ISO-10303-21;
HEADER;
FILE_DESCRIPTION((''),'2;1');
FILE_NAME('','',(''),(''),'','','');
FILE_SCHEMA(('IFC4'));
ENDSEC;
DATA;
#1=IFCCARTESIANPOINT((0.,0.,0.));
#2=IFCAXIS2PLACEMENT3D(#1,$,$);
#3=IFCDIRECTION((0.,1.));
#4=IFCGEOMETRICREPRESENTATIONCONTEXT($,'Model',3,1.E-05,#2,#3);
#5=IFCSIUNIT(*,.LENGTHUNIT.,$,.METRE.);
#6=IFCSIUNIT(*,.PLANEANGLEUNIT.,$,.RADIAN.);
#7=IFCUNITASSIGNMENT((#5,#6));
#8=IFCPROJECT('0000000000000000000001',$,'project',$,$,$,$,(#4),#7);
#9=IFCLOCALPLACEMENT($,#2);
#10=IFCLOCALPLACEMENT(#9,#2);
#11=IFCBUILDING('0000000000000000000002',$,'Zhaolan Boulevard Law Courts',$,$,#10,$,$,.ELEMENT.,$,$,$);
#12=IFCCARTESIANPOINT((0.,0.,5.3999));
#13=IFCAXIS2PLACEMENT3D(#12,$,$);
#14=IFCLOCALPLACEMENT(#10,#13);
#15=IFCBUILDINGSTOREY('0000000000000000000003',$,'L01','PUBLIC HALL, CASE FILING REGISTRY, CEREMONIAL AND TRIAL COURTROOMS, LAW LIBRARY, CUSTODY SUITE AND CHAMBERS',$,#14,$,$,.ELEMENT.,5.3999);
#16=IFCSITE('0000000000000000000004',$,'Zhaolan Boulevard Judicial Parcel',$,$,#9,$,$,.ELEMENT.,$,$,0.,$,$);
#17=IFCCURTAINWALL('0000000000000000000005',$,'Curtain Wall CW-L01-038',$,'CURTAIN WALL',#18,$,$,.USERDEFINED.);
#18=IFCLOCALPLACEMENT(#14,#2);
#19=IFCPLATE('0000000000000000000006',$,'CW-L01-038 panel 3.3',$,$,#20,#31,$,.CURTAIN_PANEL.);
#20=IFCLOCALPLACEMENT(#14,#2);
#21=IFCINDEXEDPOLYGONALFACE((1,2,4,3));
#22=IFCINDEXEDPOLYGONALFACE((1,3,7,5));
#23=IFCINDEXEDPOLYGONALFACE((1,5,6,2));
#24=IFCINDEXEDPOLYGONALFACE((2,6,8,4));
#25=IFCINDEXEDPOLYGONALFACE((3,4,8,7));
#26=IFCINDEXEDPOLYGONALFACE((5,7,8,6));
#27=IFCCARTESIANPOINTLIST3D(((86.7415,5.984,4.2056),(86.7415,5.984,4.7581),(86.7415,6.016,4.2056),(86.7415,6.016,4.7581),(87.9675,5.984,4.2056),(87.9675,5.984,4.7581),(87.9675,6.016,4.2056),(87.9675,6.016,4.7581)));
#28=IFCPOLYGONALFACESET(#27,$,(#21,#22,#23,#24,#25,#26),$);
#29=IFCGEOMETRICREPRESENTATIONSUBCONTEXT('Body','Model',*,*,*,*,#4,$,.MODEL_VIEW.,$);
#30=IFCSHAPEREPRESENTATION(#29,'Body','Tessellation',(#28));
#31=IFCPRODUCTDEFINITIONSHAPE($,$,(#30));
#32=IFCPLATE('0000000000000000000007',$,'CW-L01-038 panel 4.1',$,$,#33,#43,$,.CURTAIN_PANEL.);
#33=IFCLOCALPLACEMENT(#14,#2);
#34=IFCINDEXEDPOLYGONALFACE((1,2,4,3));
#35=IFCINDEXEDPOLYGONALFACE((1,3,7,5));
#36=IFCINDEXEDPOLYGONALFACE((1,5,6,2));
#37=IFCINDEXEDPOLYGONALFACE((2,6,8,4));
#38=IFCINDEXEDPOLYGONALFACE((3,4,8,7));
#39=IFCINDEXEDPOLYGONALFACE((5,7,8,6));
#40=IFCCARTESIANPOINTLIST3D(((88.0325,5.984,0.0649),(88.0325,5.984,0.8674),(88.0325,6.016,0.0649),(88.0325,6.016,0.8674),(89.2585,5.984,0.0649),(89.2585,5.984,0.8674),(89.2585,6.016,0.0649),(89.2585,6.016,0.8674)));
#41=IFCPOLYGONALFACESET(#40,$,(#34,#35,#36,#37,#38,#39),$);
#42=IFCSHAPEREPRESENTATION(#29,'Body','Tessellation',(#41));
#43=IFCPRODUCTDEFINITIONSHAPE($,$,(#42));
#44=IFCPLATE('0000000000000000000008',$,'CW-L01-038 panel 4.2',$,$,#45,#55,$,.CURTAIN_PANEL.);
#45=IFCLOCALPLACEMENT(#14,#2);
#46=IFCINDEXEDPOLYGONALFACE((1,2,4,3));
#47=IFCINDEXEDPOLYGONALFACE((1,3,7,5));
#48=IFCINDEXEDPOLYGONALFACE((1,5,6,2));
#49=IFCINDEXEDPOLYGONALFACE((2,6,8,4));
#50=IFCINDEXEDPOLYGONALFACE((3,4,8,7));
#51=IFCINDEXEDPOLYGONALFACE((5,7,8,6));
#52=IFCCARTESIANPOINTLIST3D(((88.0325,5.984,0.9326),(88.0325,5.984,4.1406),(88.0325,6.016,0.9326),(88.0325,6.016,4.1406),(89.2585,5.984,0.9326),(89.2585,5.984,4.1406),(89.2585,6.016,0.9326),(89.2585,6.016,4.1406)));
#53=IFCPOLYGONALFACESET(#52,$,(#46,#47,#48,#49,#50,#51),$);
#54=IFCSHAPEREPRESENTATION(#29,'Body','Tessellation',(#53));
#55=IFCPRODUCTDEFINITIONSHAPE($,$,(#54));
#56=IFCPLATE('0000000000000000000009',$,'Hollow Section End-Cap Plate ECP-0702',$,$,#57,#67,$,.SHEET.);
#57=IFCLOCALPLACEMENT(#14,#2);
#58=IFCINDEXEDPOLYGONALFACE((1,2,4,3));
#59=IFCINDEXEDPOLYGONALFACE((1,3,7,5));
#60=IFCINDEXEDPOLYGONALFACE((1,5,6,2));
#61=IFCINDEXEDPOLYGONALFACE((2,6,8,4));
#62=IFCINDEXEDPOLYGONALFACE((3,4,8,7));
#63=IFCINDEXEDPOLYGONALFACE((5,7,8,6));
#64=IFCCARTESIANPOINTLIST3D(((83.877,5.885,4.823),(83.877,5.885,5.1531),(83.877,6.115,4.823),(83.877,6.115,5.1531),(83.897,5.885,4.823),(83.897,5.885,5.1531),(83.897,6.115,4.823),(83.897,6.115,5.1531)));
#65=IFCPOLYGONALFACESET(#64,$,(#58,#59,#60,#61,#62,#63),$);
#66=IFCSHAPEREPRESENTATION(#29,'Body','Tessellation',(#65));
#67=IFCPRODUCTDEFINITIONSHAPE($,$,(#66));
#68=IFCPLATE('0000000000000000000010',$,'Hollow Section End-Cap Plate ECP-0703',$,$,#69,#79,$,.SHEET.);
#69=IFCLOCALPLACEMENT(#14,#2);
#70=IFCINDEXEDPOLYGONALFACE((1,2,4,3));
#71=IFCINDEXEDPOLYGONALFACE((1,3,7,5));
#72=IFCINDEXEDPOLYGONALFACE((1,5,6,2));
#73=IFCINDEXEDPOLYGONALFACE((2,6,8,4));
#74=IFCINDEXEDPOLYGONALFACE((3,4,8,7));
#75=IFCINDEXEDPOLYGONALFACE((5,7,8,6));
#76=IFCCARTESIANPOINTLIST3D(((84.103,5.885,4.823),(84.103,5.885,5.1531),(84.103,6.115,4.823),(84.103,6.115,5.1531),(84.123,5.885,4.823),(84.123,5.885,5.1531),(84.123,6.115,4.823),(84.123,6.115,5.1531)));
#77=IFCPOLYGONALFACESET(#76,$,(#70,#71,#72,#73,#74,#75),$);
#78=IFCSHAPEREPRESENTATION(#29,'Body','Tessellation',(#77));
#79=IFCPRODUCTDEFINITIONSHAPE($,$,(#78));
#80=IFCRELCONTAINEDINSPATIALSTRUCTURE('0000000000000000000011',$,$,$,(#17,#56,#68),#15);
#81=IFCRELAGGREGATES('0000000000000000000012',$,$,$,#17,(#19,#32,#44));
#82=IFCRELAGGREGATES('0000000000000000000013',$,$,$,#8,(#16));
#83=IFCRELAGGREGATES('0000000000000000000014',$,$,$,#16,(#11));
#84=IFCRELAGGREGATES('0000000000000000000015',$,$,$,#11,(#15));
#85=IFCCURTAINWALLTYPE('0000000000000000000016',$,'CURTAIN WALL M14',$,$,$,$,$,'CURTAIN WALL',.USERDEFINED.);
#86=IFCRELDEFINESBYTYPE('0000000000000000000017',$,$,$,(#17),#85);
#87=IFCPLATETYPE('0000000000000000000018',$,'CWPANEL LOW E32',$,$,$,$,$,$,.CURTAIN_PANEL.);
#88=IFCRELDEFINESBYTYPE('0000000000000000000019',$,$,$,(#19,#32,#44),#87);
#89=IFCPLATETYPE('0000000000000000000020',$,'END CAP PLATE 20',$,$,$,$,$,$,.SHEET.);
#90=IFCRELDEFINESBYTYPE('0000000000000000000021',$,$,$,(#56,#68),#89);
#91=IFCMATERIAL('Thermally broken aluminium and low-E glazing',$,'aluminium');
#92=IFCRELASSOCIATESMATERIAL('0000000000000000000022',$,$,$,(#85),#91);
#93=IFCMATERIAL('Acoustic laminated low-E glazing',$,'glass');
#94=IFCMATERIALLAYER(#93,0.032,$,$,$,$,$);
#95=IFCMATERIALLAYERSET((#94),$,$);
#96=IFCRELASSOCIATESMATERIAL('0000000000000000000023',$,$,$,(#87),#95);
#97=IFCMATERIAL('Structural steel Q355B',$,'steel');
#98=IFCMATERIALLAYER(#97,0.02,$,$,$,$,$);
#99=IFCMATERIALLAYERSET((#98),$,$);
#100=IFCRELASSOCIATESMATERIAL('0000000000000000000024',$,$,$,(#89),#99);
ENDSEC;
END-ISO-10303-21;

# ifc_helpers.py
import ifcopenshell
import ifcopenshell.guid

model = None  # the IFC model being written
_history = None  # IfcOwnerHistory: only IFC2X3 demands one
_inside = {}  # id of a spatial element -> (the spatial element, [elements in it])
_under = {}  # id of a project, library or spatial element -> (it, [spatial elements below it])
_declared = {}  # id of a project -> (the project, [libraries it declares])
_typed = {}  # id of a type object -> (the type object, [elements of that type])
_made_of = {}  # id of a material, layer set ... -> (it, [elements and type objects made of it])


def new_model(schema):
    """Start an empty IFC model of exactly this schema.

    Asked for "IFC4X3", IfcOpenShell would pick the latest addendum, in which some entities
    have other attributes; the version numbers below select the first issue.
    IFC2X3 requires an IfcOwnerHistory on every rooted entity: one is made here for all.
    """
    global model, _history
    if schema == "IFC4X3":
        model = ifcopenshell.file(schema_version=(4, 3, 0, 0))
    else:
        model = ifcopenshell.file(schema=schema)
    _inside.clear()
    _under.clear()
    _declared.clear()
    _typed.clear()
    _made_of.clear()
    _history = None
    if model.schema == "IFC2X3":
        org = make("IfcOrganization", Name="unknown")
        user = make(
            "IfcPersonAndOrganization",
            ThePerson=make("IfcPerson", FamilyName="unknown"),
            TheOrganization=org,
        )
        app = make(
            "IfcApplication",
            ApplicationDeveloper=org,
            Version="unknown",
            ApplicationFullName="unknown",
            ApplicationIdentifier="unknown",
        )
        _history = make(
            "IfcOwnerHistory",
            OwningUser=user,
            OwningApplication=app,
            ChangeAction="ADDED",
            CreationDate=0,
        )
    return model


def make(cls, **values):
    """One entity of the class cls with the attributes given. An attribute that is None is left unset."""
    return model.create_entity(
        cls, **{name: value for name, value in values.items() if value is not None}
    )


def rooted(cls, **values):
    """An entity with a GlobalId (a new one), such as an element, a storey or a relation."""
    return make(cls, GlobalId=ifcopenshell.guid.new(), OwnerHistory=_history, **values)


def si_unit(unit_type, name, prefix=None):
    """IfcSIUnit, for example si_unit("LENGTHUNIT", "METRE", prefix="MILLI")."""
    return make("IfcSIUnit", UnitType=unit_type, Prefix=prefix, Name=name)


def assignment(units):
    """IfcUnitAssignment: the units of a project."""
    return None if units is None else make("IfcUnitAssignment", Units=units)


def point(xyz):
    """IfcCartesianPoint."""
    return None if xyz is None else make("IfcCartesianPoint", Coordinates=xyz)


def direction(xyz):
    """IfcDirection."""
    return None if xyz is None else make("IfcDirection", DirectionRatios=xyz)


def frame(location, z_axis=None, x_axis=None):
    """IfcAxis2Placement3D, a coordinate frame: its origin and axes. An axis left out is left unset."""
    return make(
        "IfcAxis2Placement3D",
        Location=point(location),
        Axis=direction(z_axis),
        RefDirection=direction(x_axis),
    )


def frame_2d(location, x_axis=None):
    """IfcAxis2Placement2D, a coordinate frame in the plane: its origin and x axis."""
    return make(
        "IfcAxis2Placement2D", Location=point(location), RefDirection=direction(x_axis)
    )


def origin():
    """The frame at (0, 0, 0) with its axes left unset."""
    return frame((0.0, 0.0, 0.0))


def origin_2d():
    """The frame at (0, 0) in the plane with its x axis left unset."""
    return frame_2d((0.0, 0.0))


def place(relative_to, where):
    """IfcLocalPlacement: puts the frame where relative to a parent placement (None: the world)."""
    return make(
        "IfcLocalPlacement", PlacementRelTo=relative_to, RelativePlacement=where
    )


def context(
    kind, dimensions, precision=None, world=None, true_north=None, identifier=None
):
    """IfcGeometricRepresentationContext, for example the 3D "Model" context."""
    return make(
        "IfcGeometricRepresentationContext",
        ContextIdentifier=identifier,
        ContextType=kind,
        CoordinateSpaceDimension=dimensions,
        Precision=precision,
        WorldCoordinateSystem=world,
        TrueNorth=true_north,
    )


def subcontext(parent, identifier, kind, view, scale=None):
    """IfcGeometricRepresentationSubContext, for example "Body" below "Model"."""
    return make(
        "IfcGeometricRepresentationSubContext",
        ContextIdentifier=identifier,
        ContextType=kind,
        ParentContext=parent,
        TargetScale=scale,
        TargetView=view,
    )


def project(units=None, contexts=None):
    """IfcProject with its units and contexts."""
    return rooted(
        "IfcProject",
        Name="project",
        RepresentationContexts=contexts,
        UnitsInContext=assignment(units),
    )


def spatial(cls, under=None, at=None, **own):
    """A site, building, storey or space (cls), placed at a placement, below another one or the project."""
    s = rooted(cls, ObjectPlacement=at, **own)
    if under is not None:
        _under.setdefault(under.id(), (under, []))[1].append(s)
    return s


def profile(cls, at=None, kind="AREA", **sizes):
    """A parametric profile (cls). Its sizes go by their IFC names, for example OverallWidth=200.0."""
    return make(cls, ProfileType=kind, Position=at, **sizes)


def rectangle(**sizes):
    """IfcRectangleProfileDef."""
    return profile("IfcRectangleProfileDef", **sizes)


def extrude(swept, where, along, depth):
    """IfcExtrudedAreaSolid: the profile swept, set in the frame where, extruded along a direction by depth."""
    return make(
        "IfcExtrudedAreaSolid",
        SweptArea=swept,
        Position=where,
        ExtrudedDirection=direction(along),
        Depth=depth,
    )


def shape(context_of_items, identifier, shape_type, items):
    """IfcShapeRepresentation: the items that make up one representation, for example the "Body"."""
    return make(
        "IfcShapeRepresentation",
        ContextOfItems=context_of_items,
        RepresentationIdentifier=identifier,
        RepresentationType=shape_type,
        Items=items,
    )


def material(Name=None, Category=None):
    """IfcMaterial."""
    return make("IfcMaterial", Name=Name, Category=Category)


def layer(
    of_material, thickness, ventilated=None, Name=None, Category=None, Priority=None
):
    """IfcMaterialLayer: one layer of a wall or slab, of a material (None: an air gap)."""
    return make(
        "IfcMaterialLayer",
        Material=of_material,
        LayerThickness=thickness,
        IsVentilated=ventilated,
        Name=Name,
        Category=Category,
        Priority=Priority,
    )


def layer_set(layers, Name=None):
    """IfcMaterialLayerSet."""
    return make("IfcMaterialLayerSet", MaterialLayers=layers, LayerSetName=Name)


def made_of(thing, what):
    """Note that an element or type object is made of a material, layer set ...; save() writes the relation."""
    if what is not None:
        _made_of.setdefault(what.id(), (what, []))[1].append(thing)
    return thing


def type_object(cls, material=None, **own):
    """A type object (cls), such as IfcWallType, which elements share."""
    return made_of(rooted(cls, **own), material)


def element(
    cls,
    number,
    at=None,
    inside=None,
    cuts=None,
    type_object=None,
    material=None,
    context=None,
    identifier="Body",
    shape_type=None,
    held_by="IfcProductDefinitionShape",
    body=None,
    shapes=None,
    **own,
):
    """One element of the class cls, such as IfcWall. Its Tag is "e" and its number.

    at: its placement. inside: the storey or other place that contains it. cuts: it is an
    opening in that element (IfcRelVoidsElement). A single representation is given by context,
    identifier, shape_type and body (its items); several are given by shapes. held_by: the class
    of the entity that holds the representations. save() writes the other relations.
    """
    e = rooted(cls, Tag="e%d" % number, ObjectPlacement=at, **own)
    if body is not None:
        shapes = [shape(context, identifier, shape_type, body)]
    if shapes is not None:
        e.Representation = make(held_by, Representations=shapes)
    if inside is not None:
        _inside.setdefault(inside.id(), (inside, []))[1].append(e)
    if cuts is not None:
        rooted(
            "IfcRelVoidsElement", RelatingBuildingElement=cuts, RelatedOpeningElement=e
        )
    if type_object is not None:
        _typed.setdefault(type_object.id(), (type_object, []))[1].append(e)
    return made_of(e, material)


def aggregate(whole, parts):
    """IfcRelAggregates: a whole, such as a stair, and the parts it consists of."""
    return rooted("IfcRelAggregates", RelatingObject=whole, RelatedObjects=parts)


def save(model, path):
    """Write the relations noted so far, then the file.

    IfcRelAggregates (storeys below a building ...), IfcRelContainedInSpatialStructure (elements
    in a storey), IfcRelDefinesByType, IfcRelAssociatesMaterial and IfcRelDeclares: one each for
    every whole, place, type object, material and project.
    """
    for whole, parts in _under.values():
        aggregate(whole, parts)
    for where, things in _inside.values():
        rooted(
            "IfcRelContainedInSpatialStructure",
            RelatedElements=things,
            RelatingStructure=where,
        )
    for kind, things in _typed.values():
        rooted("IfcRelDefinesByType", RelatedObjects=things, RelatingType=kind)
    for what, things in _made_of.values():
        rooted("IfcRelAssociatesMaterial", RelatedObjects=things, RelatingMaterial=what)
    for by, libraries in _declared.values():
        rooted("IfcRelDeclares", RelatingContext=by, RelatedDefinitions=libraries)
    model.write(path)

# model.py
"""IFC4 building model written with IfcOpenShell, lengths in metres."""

from ifc_helpers import new_model, si_unit, direction, frame, origin, origin_2d, place, context, subcontext, project, spatial, rectangle, extrude, material, layer, layer_set, type_object, element, aggregate, save


model = new_model("IFC4")

# Units and contexts
model_context = context("Model", 3, precision=1e-05, world=origin(), true_north=direction((0.0, 1.0)))
body_context = subcontext(model_context, "Body", "Model", "MODEL_VIEW")
ifc_project = project(units=[si_unit("LENGTHUNIT", "METRE"), si_unit("PLANEANGLEUNIT", "RADIAN")], contexts=[model_context])

# Site, building, storey
site_placement = place(None, origin())
site = spatial("IfcSite", under=ifc_project, at=site_placement, Name="Zhaolan Boulevard Judicial Parcel", CompositionType="ELEMENT", RefElevation=0.0)
building_placement = place(site_placement, origin())
building = spatial("IfcBuilding", under=site, at=building_placement, Name="Zhaolan Boulevard Law Courts", CompositionType="ELEMENT")
storey_placement = place(building_placement, frame((0.0, 0.0, 5.3999)))
storey = spatial("IfcBuildingStorey", under=building, at=storey_placement, Name="L01", Description="PUBLIC HALL, CASE FILING REGISTRY, CEREMONIAL AND TRIAL COURTROOMS, LAW LIBRARY, CUSTODY SUITE AND CHAMBERS", CompositionType="ELEMENT", Elevation=5.3999)

# Curtain wall
ifc_material_1 = material(Name="Thermally broken aluminium and low-E glazing", Category="aluminium")
curtain_wall_type_1 = type_object("IfcCurtainWallType", Name="CURTAIN WALL M14", ElementType="CURTAIN WALL", PredefinedType="USERDEFINED", material=ifc_material_1)
curtain_wall_1_placement = place(storey_placement, origin())
curtain_wall_1 = element("IfcCurtainWall", 1, at=curtain_wall_1_placement, inside=storey, type_object=curtain_wall_type_1, Name="Curtain Wall CW-L01-038", ObjectType="CURTAIN WALL", PredefinedType="USERDEFINED")

# Plates
ifc_material_2 = material(Name="Acoustic laminated low-E glazing", Category="glass")
ifc_layer_1 = layer(ifc_material_2, 0.032)
ifc_layer_set_1 = layer_set([ifc_layer_1])
plate_type_1 = type_object("IfcPlateType", Name="CWPANEL LOW E32", PredefinedType="CURTAIN_PANEL", material=ifc_layer_set_1)
plate_1_placement = place(storey_placement, frame((87.3545, 6.0, 4.2056), z_axis=(0.0, 0.0, 1.0), x_axis=(1.0, 0.0, 0.0)))
plate_1 = element("IfcPlate", 2, at=plate_1_placement, type_object=plate_type_1, Name="CW-L01-038 panel 3.3", PredefinedType="CURTAIN_PANEL", context=body_context, shape_type="SweptSolid", body=[
    extrude(rectangle(XDim=1.2261, YDim=0.032, at=origin_2d()), origin(), (0.0, 0.0, 1.0), 0.5525),
])
plate_2_placement = place(storey_placement, frame((88.6455, 6.0, 0.0649), z_axis=(0.0, 0.0, 1.0), x_axis=(1.0, 0.0, 0.0)))
plate_2 = element("IfcPlate", 3, at=plate_2_placement, type_object=plate_type_1, Name="CW-L01-038 panel 4.1", PredefinedType="CURTAIN_PANEL", context=body_context, shape_type="SweptSolid", body=[
    extrude(rectangle(XDim=1.2261, YDim=0.032, at=origin_2d()), origin(), (0.0, 0.0, 1.0), 0.8025),
])
plate_3_placement = place(storey_placement, frame((88.6455, 6.0, 0.9326), z_axis=(0.0, 0.0, 1.0), x_axis=(1.0, 0.0, 0.0)))
plate_3 = element("IfcPlate", 4, at=plate_3_placement, type_object=plate_type_1, Name="CW-L01-038 panel 4.2", PredefinedType="CURTAIN_PANEL", context=body_context, shape_type="SweptSolid", body=[
    extrude(rectangle(XDim=1.2261, YDim=0.032, at=origin_2d()), origin(), (0.0, 0.0, 1.0), 3.208),
])
aggregate(curtain_wall_1, [plate_1, plate_2, plate_3])

# Plates
ifc_material_3 = material(Name="Structural steel Q355B", Category="steel")
ifc_layer_2 = layer(ifc_material_3, 0.02)
ifc_layer_set_2 = layer_set([ifc_layer_2])
plate_type_2 = type_object("IfcPlateType", Name="END CAP PLATE 20", PredefinedType="SHEET", material=ifc_layer_set_2)
for number, where, z_axis, x_axis, name in (
    (5, (83.887, 6.0, 4.823), (0.0, 0.0, 1.0), (1.0, 0.0, 0.0), "Hollow Section End-Cap Plate ECP-0702"),
    (6, (84.113, 6.0, 4.823), (0.0, 0.0, 1.0), (1.0, 0.0, 0.0), "Hollow Section End-Cap Plate ECP-0703"),
):
    element("IfcPlate", number, at=place(storey_placement, frame(where, z_axis=z_axis, x_axis=x_axis)), inside=storey, type_object=plate_type_2, Name=name, PredefinedType="SHEET", context=body_context, shape_type="SweptSolid", body=[
        extrude(rectangle(XDim=0.02, YDim=0.23, at=origin_2d()), origin(), (0.0, 0.0, 1.0), 0.3301),
    ])

save(model, "model.ifc")
